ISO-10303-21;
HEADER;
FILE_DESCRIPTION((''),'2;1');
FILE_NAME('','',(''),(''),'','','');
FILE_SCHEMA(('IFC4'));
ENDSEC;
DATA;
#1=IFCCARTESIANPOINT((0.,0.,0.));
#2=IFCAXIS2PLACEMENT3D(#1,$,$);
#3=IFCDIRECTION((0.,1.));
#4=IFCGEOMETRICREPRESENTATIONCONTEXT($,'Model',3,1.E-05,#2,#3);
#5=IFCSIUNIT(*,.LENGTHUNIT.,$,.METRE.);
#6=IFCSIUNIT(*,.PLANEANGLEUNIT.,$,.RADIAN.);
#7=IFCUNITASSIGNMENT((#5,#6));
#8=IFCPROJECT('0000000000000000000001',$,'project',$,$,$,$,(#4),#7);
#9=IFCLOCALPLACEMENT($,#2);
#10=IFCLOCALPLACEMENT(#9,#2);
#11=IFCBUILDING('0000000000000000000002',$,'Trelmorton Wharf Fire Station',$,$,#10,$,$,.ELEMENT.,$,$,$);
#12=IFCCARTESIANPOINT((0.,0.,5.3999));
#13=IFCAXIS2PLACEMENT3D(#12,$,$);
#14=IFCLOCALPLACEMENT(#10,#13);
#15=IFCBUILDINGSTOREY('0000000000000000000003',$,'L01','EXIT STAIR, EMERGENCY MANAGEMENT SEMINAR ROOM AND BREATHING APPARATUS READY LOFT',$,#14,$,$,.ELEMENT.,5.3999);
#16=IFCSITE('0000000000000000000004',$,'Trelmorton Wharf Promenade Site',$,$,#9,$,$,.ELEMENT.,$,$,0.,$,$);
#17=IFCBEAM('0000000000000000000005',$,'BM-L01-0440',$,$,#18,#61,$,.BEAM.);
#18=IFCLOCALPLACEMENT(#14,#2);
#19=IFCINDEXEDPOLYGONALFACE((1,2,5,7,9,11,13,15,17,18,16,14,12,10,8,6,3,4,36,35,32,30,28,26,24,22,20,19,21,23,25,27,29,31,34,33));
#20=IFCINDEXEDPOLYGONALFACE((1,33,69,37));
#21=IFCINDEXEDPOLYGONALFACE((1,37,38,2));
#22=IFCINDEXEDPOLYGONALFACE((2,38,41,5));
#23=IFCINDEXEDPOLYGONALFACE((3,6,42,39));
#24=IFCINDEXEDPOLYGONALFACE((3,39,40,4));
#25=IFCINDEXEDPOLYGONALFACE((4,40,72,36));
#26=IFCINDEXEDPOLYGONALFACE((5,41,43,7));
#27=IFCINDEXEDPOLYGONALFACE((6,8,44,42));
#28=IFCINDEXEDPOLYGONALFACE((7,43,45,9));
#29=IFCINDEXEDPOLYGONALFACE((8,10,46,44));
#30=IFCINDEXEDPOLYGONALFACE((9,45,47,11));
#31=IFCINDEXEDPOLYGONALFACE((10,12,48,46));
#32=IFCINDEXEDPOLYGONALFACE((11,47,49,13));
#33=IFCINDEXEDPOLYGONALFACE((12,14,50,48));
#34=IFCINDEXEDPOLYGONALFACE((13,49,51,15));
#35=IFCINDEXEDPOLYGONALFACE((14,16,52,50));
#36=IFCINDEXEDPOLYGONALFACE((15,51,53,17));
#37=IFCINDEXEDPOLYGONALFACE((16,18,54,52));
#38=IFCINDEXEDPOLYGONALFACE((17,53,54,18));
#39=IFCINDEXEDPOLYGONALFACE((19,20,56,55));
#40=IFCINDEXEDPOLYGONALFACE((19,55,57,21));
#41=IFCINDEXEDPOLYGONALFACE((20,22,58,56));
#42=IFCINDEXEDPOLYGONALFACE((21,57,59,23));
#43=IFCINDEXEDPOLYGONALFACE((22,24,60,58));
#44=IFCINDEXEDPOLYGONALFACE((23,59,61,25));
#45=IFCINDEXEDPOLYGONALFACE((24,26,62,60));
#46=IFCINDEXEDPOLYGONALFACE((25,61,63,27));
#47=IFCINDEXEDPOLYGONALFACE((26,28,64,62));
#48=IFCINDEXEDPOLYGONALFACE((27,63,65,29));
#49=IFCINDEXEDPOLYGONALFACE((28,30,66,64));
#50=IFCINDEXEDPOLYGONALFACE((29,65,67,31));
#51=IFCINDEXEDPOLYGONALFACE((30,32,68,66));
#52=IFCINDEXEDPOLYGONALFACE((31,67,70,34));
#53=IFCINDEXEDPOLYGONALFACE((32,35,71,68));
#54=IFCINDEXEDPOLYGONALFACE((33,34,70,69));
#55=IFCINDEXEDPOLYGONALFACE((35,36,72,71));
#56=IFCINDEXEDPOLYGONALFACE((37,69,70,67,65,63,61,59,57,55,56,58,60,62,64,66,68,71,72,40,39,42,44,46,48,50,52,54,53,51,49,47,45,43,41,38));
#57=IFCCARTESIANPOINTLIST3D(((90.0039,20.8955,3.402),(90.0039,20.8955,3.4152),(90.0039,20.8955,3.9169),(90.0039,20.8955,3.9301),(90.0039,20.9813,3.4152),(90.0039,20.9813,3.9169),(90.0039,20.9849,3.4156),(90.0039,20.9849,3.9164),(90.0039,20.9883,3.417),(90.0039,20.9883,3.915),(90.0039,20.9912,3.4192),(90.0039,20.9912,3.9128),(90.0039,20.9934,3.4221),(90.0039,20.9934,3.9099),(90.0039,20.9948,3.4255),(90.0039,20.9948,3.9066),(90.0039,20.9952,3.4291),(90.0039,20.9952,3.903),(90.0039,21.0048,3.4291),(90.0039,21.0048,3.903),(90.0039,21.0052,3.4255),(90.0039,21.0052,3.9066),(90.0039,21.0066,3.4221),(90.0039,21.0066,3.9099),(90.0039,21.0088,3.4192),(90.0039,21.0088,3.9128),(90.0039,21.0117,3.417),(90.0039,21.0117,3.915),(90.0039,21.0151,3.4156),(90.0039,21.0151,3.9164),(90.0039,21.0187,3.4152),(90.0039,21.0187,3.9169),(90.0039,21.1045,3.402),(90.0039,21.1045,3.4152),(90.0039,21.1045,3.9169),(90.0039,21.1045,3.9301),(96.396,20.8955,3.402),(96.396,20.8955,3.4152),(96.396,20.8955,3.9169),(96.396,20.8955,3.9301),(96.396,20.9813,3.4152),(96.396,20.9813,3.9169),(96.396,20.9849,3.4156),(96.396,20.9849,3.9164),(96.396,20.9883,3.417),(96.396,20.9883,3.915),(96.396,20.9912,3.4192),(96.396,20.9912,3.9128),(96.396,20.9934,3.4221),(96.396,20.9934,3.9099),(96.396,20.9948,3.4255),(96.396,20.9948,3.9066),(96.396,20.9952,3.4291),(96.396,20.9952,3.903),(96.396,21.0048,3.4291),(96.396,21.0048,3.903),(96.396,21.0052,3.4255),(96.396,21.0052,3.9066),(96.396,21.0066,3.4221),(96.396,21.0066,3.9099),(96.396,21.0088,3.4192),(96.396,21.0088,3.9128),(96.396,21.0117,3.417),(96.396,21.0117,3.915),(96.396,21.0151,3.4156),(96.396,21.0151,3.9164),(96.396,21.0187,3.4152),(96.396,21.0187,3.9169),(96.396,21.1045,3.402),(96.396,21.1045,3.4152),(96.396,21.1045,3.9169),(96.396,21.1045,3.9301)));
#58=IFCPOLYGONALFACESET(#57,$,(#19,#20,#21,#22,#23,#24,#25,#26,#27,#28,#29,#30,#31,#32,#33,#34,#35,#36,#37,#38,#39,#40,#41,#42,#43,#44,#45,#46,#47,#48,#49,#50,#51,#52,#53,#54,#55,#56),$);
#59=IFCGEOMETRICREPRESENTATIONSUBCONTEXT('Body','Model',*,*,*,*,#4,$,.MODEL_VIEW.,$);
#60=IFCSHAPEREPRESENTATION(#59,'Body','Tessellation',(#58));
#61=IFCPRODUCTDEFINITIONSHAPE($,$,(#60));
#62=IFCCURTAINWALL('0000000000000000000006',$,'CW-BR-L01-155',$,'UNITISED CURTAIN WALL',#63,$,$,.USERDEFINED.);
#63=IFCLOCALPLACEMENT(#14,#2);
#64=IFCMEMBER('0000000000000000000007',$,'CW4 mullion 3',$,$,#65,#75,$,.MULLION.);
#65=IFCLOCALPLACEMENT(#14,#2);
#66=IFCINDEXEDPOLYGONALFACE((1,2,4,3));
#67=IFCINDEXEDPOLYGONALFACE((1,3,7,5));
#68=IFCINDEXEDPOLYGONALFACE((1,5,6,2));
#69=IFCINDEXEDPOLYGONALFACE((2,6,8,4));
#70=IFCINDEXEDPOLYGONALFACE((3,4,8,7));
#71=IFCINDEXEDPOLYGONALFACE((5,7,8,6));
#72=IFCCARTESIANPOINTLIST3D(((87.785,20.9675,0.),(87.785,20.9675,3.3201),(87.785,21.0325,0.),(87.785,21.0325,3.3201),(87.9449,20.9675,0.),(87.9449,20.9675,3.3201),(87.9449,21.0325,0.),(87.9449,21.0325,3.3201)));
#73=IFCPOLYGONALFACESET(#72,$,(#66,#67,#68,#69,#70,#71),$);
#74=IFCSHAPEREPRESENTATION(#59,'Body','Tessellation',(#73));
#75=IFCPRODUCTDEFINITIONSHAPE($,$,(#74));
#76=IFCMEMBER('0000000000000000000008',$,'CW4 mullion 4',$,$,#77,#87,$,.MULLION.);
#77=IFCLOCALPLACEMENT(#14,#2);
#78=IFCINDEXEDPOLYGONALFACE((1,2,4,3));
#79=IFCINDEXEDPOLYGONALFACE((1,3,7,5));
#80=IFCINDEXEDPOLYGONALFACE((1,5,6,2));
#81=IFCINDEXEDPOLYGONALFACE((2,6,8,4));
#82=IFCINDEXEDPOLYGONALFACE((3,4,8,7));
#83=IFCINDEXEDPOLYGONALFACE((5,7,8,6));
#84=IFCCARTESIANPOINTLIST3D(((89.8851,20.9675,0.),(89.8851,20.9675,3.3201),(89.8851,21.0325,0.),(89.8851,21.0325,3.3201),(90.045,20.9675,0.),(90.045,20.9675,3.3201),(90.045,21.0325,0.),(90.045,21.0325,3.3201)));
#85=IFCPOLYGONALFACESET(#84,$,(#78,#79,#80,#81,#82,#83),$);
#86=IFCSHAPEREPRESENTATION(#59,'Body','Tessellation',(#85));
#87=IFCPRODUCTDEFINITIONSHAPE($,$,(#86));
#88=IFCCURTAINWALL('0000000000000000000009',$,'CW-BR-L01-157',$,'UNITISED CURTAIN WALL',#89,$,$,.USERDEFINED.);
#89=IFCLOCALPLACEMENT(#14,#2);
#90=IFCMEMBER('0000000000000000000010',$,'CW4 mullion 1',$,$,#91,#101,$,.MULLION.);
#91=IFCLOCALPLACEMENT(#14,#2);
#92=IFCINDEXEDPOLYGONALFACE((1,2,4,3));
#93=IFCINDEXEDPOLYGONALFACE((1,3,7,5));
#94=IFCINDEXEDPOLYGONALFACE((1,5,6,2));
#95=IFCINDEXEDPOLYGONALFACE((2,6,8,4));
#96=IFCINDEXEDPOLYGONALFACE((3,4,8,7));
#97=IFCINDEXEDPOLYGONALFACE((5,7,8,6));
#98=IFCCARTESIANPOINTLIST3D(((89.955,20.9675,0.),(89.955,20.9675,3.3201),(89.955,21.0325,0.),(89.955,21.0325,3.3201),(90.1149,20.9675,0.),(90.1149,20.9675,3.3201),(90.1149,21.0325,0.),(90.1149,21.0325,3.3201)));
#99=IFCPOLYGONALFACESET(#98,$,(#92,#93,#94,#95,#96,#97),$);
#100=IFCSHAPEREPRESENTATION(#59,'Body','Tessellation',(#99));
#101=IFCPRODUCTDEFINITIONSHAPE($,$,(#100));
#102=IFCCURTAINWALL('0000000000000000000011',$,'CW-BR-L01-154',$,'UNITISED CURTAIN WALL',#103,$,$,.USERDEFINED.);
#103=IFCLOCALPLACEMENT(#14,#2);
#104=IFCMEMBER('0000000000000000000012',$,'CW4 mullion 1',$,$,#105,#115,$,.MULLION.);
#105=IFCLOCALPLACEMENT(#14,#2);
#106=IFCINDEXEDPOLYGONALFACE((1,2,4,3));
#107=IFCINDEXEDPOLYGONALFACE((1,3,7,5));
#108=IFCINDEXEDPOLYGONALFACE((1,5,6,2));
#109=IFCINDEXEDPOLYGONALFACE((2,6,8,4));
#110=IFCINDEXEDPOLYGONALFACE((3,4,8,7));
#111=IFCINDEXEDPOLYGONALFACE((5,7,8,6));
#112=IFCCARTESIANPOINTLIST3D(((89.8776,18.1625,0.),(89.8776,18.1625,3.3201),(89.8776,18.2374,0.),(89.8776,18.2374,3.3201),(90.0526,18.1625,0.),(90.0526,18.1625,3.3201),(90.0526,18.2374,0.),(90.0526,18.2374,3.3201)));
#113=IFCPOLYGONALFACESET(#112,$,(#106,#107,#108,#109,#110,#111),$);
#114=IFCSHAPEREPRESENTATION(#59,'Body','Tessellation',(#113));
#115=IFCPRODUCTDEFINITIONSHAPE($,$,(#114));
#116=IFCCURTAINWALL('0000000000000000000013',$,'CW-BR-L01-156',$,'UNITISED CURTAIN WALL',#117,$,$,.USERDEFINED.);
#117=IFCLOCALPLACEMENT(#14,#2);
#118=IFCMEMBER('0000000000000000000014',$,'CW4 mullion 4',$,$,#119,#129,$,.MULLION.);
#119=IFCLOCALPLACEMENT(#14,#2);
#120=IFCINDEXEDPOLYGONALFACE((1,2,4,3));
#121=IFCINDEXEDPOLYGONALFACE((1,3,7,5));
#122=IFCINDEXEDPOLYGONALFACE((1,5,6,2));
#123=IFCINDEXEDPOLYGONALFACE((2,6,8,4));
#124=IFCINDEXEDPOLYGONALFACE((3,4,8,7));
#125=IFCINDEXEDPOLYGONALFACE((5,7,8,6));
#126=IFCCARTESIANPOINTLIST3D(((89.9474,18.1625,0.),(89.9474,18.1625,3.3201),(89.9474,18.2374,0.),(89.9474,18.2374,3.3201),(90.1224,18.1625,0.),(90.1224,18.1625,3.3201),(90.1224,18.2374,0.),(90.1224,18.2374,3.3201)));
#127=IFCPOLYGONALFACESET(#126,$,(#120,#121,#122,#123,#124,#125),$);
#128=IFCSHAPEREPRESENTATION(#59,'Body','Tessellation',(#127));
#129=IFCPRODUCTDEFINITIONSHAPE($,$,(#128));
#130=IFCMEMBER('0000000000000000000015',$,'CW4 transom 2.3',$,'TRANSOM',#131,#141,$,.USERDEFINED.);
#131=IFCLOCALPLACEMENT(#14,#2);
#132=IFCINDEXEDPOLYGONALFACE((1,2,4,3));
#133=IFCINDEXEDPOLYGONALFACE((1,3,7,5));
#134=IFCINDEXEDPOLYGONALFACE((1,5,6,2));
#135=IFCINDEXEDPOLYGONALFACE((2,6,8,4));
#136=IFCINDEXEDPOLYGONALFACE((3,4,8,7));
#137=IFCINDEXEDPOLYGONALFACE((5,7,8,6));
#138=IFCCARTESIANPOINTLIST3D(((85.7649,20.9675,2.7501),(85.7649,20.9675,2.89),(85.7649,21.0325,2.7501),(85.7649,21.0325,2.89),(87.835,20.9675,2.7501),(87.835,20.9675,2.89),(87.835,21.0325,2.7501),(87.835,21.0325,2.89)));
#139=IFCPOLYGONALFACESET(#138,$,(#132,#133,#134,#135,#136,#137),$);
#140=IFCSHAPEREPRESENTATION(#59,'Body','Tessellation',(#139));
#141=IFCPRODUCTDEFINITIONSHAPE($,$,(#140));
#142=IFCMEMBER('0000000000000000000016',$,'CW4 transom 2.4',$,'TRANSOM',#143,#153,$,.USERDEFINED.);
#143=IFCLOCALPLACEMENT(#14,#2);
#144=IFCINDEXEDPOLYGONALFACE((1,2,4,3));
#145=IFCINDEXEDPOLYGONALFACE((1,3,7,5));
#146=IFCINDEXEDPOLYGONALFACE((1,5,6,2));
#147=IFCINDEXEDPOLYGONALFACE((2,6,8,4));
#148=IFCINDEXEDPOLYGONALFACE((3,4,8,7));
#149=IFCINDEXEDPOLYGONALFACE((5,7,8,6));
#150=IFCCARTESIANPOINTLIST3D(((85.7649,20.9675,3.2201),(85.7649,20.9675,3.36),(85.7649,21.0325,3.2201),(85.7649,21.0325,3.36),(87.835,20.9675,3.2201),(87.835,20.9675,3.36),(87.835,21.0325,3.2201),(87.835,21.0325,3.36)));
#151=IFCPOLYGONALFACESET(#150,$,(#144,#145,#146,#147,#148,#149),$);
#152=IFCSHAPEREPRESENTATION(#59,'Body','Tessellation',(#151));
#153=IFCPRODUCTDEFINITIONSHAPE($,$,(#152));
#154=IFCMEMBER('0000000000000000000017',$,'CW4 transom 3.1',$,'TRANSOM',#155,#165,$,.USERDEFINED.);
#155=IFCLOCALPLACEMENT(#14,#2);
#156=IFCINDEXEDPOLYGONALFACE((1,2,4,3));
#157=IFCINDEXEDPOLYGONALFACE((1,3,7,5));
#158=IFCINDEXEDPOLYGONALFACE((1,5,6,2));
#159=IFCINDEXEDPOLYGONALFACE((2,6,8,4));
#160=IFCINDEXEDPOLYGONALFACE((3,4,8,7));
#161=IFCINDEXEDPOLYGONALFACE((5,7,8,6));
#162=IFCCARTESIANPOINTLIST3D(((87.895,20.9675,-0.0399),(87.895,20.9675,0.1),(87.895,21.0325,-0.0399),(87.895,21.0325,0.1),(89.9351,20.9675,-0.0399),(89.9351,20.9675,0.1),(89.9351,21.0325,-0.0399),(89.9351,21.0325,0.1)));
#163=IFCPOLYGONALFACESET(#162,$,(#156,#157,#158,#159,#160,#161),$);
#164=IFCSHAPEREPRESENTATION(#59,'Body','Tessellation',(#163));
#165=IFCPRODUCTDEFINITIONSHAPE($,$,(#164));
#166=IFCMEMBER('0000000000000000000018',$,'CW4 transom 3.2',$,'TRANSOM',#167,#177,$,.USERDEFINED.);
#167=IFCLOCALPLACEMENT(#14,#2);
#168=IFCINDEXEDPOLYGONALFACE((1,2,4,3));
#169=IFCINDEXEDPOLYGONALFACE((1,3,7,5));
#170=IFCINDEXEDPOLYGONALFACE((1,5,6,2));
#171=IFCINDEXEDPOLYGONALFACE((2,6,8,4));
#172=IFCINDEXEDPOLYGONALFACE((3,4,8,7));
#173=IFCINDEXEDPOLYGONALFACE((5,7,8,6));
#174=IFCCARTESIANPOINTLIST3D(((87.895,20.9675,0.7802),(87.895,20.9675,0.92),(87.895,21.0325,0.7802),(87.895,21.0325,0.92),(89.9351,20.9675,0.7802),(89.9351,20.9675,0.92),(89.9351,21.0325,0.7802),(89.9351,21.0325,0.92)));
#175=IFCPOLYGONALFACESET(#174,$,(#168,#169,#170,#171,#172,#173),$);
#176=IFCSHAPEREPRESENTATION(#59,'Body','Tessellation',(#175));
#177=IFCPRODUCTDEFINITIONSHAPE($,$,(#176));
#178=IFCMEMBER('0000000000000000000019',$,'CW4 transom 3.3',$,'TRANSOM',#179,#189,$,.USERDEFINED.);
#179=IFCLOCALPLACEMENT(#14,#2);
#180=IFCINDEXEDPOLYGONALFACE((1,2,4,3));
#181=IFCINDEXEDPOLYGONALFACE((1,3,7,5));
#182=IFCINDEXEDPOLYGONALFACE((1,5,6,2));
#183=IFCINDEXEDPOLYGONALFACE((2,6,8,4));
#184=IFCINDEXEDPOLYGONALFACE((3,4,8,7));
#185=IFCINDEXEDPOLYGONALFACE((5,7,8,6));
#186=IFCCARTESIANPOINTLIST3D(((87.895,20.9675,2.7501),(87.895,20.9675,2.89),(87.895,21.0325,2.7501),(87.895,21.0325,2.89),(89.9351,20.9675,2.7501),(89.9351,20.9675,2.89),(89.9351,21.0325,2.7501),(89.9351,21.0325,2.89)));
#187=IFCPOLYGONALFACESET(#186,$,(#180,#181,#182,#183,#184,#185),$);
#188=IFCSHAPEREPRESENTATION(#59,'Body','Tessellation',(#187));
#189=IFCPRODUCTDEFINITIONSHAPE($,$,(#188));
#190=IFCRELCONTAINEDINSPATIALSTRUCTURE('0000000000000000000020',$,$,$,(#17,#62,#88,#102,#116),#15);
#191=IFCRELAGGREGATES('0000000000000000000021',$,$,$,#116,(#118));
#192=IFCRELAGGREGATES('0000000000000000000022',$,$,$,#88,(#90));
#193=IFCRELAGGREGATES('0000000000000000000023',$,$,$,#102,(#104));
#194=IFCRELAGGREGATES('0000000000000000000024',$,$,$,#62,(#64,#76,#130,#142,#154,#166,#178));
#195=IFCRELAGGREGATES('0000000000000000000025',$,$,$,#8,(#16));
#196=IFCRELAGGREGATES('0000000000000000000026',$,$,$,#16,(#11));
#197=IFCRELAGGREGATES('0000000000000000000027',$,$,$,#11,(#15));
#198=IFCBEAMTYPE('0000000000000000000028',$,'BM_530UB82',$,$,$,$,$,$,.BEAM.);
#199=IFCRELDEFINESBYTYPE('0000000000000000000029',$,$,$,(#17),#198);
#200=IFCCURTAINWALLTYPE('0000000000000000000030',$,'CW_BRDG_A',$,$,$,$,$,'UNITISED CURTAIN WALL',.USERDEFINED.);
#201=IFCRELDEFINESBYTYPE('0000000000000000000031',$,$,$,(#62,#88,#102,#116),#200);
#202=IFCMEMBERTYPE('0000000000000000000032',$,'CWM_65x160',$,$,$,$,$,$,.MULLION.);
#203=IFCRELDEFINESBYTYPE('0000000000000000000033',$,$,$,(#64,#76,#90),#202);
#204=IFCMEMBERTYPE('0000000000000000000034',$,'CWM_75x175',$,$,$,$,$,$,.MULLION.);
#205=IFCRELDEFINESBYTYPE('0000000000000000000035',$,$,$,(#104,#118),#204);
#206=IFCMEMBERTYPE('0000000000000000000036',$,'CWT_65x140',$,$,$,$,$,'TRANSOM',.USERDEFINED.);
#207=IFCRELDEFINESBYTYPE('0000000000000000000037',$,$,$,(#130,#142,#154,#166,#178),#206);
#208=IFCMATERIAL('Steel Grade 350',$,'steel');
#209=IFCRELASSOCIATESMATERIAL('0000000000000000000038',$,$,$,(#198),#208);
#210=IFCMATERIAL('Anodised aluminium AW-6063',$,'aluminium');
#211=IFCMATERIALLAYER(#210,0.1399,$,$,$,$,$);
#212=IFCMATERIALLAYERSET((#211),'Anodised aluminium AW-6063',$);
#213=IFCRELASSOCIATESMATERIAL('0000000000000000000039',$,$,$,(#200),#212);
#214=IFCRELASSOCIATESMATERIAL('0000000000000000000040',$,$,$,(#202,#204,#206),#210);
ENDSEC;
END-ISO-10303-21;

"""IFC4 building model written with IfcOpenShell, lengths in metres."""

from ifc_helpers import new_model, si_unit, direction, frame, origin, origin_2d, place, context, subcontext, project, spatial, rectangle, i_section, extrude, material, layer, layer_set, material_profile, profile_set, type_object, element, aggregate, save


model = new_model("IFC4")

# Units and contexts
model_context = context("Model", 3, precision=1e-05, world=origin(), true_north=direction((0.0, 1.0)))
body_context = subcontext(model_context, "Body", "Model", "MODEL_VIEW")
ifc_project = project(units=[si_unit("LENGTHUNIT", "METRE"), si_unit("PLANEANGLEUNIT", "RADIAN")], contexts=[model_context])

# Site, building, storey
site_placement = place(None, origin())
site = spatial("IfcSite", under=ifc_project, at=site_placement, Name="Trelmorton Wharf Promenade Site", CompositionType="ELEMENT", RefElevation=0.0)
building_placement = place(site_placement, origin())
building = spatial("IfcBuilding", under=site, at=building_placement, Name="Trelmorton Wharf Fire Station", CompositionType="ELEMENT")
storey_placement = place(building_placement, frame((0.0, 0.0, 5.3999)))
storey = spatial("IfcBuildingStorey", under=building, at=storey_placement, Name="L01", Description="EXIT STAIR, EMERGENCY MANAGEMENT SEMINAR ROOM AND BREATHING APPARATUS READY LOFT", CompositionType="ELEMENT", Elevation=5.3999)

# Shared definitions
ifc_material_1 = material(Name="Steel Grade 350", Category="steel")

# Beam
ifc_material_profile_1 = material_profile(ifc_material_1, i_section(OverallWidth=0.209, OverallDepth=0.5281, WebThickness=0.0095, FlangeThickness=0.0132, FilletRadius=0.0139, at=origin_2d()), Name="530UB82.0")
ifc_profile_set_1 = profile_set([ifc_material_profile_1], Name="Steel Grade 350")
beam_type_1 = type_object("IfcBeamType", Name="BM_530UB82", PredefinedType="BEAM", material=ifc_profile_set_1)
for number, where, z_axis, x_axis, name in (
    (1, (90.0039, 21.0, 3.666), (1.0, 0.0, 0.0), (0.0, 1.0, 0.0), "BM-L01-0440"),
):
    element("IfcBeam", number, at=place(storey_placement, frame(where, z_axis=z_axis, x_axis=x_axis)), inside=storey, type_object=beam_type_1, Name=name, PredefinedType="BEAM", context=body_context, shape_type="SweptSolid", body=[
        extrude(i_section(OverallWidth=0.209, OverallDepth=0.5281, WebThickness=0.0095, FlangeThickness=0.0132, FilletRadius=0.0139, at=origin_2d()), origin(), (0.0, 0.0, 1.0), 6.3921),
    ])

# Curtain wall, members
ifc_material_2 = material(Name="Anodised aluminium AW-6063", Category="aluminium")
ifc_layer_1 = layer(ifc_material_2, 0.1399)
ifc_layer_set_1 = layer_set([ifc_layer_1], Name="Anodised aluminium AW-6063")
curtain_wall_type = type_object("IfcCurtainWallType", Name="CW_BRDG_A", ElementType="UNITISED CURTAIN WALL", PredefinedType="USERDEFINED", material=ifc_layer_set_1)
curtain_wall_1_placement = place(storey_placement, origin())
curtain_wall_1 = element("IfcCurtainWall", 2, at=curtain_wall_1_placement, inside=storey, type_object=curtain_wall_type, Name="CW-BR-L01-155", ObjectType="UNITISED CURTAIN WALL", PredefinedType="USERDEFINED")
ifc_material_profile_2 = material_profile(ifc_material_2, rectangle(XDim=0.0649, YDim=0.1599, at=origin_2d()), Name="ALU-65x160")
ifc_profile_set_2 = profile_set([ifc_material_profile_2], Name="Anodised aluminium AW-6063")
member_type_1 = type_object("IfcMemberType", Name="CWM_65x160", PredefinedType="MULLION", material=ifc_profile_set_2)
member_1_placement = place(storey_placement, frame((87.865, 21.0, 0.0), z_axis=(0.0, 0.0, 1.0), x_axis=(0.0, 1.0, 0.0)))
member_1 = element("IfcMember", 3, at=member_1_placement, type_object=member_type_1, Name="CW4 mullion 3", PredefinedType="MULLION", context=body_context, shape_type="SweptSolid", body=[
    extrude(rectangle(XDim=0.0649, YDim=0.1599, at=origin_2d()), origin(), (0.0, 0.0, 1.0), 3.3201),
])
member_2_placement = place(storey_placement, frame((89.9651, 21.0, 0.0), z_axis=(0.0, 0.0, 1.0), x_axis=(0.0, 1.0, 0.0)))
member_2 = element("IfcMember", 4, at=member_2_placement, type_object=member_type_1, Name="CW4 mullion 4", PredefinedType="MULLION", context=body_context, shape_type="SweptSolid", body=[
    extrude(rectangle(XDim=0.0649, YDim=0.1599, at=origin_2d()), origin(), (0.0, 0.0, 1.0), 3.3201),
])

# Curtain walls, members
curtain_wall_2_placement = place(storey_placement, origin())
curtain_wall_2 = element("IfcCurtainWall", 5, at=curtain_wall_2_placement, inside=storey, type_object=curtain_wall_type, Name="CW-BR-L01-157", ObjectType="UNITISED CURTAIN WALL", PredefinedType="USERDEFINED")
member_3_placement = place(storey_placement, frame((90.0349, 21.0, 0.0), z_axis=(0.0, 0.0, 1.0), x_axis=(0.0, 1.0, 0.0)))
member_3 = element("IfcMember", 6, at=member_3_placement, type_object=member_type_1, Name="CW4 mullion 1", PredefinedType="MULLION", context=body_context, shape_type="SweptSolid", body=[
    extrude(rectangle(XDim=0.0649, YDim=0.1599, at=origin_2d()), origin(), (0.0, 0.0, 1.0), 3.3201),
])
curtain_wall_3_placement = place(storey_placement, origin())
curtain_wall_3 = element("IfcCurtainWall", 7, at=curtain_wall_3_placement, inside=storey, type_object=curtain_wall_type, Name="CW-BR-L01-154", ObjectType="UNITISED CURTAIN WALL", PredefinedType="USERDEFINED")
ifc_material_profile_3 = material_profile(ifc_material_2, rectangle(XDim=0.075, YDim=0.175, at=origin_2d()), Name="ALU-75x175")
ifc_profile_set_3 = profile_set([ifc_material_profile_3], Name="Anodised aluminium AW-6063")
member_type_2 = type_object("IfcMemberType", Name="CWM_75x175", PredefinedType="MULLION", material=ifc_profile_set_3)
member_4_placement = place(storey_placement, frame((89.9651, 18.2, 0.0), z_axis=(0.0, 0.0, 1.0), x_axis=(0.0, -1.0, 0.0)))
member_4 = element("IfcMember", 8, at=member_4_placement, type_object=member_type_2, Name="CW4 mullion 1", PredefinedType="MULLION", context=body_context, shape_type="SweptSolid", body=[
    extrude(rectangle(XDim=0.075, YDim=0.175, at=origin_2d()), origin(), (0.0, 0.0, 1.0), 3.3201),
])
curtain_wall_4_placement = place(storey_placement, origin())
curtain_wall_4 = element("IfcCurtainWall", 9, at=curtain_wall_4_placement, inside=storey, type_object=curtain_wall_type, Name="CW-BR-L01-156", ObjectType="UNITISED CURTAIN WALL", PredefinedType="USERDEFINED")
member_5_placement = place(storey_placement, frame((90.0349, 18.2, 0.0), z_axis=(0.0, 0.0, 1.0), x_axis=(0.0, -1.0, 0.0)))
member_5 = element("IfcMember", 10, at=member_5_placement, type_object=member_type_2, Name="CW4 mullion 4", PredefinedType="MULLION", context=body_context, shape_type="SweptSolid", body=[
    extrude(rectangle(XDim=0.075, YDim=0.175, at=origin_2d()), origin(), (0.0, 0.0, 1.0), 3.3201),
])
aggregate(curtain_wall_4, [member_5])

# Members
ifc_material_profile_4 = material_profile(ifc_material_2, rectangle(XDim=0.0649, YDim=0.1399, at=origin_2d()), Name="ALU-65x140")
ifc_profile_set_4 = profile_set([ifc_material_profile_4], Name="Anodised aluminium AW-6063")
member_type_3 = type_object("IfcMemberType", Name="CWT_65x140", ElementType="TRANSOM", PredefinedType="USERDEFINED", material=ifc_profile_set_4)
member_6_placement = place(storey_placement, frame((85.7649, 21.0, 2.8201), z_axis=(1.0, 0.0, 0.0), x_axis=(0.0, 1.0, 0.0)))
member_6 = element("IfcMember", 11, at=member_6_placement, type_object=member_type_3, Name="CW4 transom 2.3", ObjectType="TRANSOM", PredefinedType="USERDEFINED", context=body_context, shape_type="SweptSolid", body=[
    extrude(rectangle(XDim=0.0649, YDim=0.1399, at=origin_2d()), origin(), (0.0, 0.0, 1.0), 2.0701),
])
member_7_placement = place(storey_placement, frame((85.7649, 21.0, 3.29), z_axis=(1.0, 0.0, 0.0), x_axis=(0.0, 1.0, 0.0)))
member_7 = element("IfcMember", 12, at=member_7_placement, type_object=member_type_3, Name="CW4 transom 2.4", ObjectType="TRANSOM", PredefinedType="USERDEFINED", context=body_context, shape_type="SweptSolid", body=[
    extrude(rectangle(XDim=0.0649, YDim=0.1399, at=origin_2d()), origin(), (0.0, 0.0, 1.0), 2.0701),
])
member_8_placement = place(storey_placement, frame((87.895, 21.0, 0.03), z_axis=(1.0, 0.0, 0.0), x_axis=(0.0, 1.0, 0.0)))
member_8 = element("IfcMember", 13, at=member_8_placement, type_object=member_type_3, Name="CW4 transom 3.1", ObjectType="TRANSOM", PredefinedType="USERDEFINED", context=body_context, shape_type="SweptSolid", body=[
    extrude(rectangle(XDim=0.0649, YDim=0.1399, at=origin_2d()), origin(), (0.0, 0.0, 1.0), 2.04),
])
member_9_placement = place(storey_placement, frame((87.895, 21.0, 0.8501), z_axis=(1.0, 0.0, 0.0), x_axis=(0.0, 1.0, 0.0)))
member_9 = element("IfcMember", 14, at=member_9_placement, type_object=member_type_3, Name="CW4 transom 3.2", ObjectType="TRANSOM", PredefinedType="USERDEFINED", context=body_context, shape_type="SweptSolid", body=[
    extrude(rectangle(XDim=0.0649, YDim=0.1399, at=origin_2d()), origin(), (0.0, 0.0, 1.0), 2.04),
])
member_10_placement = place(storey_placement, frame((87.895, 21.0, 2.8201), z_axis=(1.0, 0.0, 0.0), x_axis=(0.0, 1.0, 0.0)))
member_10 = element("IfcMember", 15, at=member_10_placement, type_object=member_type_3, Name="CW4 transom 3.3", ObjectType="TRANSOM", PredefinedType="USERDEFINED", context=body_context, shape_type="SweptSolid", body=[
    extrude(rectangle(XDim=0.0649, YDim=0.1399, at=origin_2d()), origin(), (0.0, 0.0, 1.0), 2.04),
])
aggregate(curtain_wall_2, [member_3])
aggregate(curtain_wall_3, [member_4])

aggregate(curtain_wall_1, [member_1, member_2, member_6, member_7, member_8, member_9, member_10])

save(model, "model.ifc")
